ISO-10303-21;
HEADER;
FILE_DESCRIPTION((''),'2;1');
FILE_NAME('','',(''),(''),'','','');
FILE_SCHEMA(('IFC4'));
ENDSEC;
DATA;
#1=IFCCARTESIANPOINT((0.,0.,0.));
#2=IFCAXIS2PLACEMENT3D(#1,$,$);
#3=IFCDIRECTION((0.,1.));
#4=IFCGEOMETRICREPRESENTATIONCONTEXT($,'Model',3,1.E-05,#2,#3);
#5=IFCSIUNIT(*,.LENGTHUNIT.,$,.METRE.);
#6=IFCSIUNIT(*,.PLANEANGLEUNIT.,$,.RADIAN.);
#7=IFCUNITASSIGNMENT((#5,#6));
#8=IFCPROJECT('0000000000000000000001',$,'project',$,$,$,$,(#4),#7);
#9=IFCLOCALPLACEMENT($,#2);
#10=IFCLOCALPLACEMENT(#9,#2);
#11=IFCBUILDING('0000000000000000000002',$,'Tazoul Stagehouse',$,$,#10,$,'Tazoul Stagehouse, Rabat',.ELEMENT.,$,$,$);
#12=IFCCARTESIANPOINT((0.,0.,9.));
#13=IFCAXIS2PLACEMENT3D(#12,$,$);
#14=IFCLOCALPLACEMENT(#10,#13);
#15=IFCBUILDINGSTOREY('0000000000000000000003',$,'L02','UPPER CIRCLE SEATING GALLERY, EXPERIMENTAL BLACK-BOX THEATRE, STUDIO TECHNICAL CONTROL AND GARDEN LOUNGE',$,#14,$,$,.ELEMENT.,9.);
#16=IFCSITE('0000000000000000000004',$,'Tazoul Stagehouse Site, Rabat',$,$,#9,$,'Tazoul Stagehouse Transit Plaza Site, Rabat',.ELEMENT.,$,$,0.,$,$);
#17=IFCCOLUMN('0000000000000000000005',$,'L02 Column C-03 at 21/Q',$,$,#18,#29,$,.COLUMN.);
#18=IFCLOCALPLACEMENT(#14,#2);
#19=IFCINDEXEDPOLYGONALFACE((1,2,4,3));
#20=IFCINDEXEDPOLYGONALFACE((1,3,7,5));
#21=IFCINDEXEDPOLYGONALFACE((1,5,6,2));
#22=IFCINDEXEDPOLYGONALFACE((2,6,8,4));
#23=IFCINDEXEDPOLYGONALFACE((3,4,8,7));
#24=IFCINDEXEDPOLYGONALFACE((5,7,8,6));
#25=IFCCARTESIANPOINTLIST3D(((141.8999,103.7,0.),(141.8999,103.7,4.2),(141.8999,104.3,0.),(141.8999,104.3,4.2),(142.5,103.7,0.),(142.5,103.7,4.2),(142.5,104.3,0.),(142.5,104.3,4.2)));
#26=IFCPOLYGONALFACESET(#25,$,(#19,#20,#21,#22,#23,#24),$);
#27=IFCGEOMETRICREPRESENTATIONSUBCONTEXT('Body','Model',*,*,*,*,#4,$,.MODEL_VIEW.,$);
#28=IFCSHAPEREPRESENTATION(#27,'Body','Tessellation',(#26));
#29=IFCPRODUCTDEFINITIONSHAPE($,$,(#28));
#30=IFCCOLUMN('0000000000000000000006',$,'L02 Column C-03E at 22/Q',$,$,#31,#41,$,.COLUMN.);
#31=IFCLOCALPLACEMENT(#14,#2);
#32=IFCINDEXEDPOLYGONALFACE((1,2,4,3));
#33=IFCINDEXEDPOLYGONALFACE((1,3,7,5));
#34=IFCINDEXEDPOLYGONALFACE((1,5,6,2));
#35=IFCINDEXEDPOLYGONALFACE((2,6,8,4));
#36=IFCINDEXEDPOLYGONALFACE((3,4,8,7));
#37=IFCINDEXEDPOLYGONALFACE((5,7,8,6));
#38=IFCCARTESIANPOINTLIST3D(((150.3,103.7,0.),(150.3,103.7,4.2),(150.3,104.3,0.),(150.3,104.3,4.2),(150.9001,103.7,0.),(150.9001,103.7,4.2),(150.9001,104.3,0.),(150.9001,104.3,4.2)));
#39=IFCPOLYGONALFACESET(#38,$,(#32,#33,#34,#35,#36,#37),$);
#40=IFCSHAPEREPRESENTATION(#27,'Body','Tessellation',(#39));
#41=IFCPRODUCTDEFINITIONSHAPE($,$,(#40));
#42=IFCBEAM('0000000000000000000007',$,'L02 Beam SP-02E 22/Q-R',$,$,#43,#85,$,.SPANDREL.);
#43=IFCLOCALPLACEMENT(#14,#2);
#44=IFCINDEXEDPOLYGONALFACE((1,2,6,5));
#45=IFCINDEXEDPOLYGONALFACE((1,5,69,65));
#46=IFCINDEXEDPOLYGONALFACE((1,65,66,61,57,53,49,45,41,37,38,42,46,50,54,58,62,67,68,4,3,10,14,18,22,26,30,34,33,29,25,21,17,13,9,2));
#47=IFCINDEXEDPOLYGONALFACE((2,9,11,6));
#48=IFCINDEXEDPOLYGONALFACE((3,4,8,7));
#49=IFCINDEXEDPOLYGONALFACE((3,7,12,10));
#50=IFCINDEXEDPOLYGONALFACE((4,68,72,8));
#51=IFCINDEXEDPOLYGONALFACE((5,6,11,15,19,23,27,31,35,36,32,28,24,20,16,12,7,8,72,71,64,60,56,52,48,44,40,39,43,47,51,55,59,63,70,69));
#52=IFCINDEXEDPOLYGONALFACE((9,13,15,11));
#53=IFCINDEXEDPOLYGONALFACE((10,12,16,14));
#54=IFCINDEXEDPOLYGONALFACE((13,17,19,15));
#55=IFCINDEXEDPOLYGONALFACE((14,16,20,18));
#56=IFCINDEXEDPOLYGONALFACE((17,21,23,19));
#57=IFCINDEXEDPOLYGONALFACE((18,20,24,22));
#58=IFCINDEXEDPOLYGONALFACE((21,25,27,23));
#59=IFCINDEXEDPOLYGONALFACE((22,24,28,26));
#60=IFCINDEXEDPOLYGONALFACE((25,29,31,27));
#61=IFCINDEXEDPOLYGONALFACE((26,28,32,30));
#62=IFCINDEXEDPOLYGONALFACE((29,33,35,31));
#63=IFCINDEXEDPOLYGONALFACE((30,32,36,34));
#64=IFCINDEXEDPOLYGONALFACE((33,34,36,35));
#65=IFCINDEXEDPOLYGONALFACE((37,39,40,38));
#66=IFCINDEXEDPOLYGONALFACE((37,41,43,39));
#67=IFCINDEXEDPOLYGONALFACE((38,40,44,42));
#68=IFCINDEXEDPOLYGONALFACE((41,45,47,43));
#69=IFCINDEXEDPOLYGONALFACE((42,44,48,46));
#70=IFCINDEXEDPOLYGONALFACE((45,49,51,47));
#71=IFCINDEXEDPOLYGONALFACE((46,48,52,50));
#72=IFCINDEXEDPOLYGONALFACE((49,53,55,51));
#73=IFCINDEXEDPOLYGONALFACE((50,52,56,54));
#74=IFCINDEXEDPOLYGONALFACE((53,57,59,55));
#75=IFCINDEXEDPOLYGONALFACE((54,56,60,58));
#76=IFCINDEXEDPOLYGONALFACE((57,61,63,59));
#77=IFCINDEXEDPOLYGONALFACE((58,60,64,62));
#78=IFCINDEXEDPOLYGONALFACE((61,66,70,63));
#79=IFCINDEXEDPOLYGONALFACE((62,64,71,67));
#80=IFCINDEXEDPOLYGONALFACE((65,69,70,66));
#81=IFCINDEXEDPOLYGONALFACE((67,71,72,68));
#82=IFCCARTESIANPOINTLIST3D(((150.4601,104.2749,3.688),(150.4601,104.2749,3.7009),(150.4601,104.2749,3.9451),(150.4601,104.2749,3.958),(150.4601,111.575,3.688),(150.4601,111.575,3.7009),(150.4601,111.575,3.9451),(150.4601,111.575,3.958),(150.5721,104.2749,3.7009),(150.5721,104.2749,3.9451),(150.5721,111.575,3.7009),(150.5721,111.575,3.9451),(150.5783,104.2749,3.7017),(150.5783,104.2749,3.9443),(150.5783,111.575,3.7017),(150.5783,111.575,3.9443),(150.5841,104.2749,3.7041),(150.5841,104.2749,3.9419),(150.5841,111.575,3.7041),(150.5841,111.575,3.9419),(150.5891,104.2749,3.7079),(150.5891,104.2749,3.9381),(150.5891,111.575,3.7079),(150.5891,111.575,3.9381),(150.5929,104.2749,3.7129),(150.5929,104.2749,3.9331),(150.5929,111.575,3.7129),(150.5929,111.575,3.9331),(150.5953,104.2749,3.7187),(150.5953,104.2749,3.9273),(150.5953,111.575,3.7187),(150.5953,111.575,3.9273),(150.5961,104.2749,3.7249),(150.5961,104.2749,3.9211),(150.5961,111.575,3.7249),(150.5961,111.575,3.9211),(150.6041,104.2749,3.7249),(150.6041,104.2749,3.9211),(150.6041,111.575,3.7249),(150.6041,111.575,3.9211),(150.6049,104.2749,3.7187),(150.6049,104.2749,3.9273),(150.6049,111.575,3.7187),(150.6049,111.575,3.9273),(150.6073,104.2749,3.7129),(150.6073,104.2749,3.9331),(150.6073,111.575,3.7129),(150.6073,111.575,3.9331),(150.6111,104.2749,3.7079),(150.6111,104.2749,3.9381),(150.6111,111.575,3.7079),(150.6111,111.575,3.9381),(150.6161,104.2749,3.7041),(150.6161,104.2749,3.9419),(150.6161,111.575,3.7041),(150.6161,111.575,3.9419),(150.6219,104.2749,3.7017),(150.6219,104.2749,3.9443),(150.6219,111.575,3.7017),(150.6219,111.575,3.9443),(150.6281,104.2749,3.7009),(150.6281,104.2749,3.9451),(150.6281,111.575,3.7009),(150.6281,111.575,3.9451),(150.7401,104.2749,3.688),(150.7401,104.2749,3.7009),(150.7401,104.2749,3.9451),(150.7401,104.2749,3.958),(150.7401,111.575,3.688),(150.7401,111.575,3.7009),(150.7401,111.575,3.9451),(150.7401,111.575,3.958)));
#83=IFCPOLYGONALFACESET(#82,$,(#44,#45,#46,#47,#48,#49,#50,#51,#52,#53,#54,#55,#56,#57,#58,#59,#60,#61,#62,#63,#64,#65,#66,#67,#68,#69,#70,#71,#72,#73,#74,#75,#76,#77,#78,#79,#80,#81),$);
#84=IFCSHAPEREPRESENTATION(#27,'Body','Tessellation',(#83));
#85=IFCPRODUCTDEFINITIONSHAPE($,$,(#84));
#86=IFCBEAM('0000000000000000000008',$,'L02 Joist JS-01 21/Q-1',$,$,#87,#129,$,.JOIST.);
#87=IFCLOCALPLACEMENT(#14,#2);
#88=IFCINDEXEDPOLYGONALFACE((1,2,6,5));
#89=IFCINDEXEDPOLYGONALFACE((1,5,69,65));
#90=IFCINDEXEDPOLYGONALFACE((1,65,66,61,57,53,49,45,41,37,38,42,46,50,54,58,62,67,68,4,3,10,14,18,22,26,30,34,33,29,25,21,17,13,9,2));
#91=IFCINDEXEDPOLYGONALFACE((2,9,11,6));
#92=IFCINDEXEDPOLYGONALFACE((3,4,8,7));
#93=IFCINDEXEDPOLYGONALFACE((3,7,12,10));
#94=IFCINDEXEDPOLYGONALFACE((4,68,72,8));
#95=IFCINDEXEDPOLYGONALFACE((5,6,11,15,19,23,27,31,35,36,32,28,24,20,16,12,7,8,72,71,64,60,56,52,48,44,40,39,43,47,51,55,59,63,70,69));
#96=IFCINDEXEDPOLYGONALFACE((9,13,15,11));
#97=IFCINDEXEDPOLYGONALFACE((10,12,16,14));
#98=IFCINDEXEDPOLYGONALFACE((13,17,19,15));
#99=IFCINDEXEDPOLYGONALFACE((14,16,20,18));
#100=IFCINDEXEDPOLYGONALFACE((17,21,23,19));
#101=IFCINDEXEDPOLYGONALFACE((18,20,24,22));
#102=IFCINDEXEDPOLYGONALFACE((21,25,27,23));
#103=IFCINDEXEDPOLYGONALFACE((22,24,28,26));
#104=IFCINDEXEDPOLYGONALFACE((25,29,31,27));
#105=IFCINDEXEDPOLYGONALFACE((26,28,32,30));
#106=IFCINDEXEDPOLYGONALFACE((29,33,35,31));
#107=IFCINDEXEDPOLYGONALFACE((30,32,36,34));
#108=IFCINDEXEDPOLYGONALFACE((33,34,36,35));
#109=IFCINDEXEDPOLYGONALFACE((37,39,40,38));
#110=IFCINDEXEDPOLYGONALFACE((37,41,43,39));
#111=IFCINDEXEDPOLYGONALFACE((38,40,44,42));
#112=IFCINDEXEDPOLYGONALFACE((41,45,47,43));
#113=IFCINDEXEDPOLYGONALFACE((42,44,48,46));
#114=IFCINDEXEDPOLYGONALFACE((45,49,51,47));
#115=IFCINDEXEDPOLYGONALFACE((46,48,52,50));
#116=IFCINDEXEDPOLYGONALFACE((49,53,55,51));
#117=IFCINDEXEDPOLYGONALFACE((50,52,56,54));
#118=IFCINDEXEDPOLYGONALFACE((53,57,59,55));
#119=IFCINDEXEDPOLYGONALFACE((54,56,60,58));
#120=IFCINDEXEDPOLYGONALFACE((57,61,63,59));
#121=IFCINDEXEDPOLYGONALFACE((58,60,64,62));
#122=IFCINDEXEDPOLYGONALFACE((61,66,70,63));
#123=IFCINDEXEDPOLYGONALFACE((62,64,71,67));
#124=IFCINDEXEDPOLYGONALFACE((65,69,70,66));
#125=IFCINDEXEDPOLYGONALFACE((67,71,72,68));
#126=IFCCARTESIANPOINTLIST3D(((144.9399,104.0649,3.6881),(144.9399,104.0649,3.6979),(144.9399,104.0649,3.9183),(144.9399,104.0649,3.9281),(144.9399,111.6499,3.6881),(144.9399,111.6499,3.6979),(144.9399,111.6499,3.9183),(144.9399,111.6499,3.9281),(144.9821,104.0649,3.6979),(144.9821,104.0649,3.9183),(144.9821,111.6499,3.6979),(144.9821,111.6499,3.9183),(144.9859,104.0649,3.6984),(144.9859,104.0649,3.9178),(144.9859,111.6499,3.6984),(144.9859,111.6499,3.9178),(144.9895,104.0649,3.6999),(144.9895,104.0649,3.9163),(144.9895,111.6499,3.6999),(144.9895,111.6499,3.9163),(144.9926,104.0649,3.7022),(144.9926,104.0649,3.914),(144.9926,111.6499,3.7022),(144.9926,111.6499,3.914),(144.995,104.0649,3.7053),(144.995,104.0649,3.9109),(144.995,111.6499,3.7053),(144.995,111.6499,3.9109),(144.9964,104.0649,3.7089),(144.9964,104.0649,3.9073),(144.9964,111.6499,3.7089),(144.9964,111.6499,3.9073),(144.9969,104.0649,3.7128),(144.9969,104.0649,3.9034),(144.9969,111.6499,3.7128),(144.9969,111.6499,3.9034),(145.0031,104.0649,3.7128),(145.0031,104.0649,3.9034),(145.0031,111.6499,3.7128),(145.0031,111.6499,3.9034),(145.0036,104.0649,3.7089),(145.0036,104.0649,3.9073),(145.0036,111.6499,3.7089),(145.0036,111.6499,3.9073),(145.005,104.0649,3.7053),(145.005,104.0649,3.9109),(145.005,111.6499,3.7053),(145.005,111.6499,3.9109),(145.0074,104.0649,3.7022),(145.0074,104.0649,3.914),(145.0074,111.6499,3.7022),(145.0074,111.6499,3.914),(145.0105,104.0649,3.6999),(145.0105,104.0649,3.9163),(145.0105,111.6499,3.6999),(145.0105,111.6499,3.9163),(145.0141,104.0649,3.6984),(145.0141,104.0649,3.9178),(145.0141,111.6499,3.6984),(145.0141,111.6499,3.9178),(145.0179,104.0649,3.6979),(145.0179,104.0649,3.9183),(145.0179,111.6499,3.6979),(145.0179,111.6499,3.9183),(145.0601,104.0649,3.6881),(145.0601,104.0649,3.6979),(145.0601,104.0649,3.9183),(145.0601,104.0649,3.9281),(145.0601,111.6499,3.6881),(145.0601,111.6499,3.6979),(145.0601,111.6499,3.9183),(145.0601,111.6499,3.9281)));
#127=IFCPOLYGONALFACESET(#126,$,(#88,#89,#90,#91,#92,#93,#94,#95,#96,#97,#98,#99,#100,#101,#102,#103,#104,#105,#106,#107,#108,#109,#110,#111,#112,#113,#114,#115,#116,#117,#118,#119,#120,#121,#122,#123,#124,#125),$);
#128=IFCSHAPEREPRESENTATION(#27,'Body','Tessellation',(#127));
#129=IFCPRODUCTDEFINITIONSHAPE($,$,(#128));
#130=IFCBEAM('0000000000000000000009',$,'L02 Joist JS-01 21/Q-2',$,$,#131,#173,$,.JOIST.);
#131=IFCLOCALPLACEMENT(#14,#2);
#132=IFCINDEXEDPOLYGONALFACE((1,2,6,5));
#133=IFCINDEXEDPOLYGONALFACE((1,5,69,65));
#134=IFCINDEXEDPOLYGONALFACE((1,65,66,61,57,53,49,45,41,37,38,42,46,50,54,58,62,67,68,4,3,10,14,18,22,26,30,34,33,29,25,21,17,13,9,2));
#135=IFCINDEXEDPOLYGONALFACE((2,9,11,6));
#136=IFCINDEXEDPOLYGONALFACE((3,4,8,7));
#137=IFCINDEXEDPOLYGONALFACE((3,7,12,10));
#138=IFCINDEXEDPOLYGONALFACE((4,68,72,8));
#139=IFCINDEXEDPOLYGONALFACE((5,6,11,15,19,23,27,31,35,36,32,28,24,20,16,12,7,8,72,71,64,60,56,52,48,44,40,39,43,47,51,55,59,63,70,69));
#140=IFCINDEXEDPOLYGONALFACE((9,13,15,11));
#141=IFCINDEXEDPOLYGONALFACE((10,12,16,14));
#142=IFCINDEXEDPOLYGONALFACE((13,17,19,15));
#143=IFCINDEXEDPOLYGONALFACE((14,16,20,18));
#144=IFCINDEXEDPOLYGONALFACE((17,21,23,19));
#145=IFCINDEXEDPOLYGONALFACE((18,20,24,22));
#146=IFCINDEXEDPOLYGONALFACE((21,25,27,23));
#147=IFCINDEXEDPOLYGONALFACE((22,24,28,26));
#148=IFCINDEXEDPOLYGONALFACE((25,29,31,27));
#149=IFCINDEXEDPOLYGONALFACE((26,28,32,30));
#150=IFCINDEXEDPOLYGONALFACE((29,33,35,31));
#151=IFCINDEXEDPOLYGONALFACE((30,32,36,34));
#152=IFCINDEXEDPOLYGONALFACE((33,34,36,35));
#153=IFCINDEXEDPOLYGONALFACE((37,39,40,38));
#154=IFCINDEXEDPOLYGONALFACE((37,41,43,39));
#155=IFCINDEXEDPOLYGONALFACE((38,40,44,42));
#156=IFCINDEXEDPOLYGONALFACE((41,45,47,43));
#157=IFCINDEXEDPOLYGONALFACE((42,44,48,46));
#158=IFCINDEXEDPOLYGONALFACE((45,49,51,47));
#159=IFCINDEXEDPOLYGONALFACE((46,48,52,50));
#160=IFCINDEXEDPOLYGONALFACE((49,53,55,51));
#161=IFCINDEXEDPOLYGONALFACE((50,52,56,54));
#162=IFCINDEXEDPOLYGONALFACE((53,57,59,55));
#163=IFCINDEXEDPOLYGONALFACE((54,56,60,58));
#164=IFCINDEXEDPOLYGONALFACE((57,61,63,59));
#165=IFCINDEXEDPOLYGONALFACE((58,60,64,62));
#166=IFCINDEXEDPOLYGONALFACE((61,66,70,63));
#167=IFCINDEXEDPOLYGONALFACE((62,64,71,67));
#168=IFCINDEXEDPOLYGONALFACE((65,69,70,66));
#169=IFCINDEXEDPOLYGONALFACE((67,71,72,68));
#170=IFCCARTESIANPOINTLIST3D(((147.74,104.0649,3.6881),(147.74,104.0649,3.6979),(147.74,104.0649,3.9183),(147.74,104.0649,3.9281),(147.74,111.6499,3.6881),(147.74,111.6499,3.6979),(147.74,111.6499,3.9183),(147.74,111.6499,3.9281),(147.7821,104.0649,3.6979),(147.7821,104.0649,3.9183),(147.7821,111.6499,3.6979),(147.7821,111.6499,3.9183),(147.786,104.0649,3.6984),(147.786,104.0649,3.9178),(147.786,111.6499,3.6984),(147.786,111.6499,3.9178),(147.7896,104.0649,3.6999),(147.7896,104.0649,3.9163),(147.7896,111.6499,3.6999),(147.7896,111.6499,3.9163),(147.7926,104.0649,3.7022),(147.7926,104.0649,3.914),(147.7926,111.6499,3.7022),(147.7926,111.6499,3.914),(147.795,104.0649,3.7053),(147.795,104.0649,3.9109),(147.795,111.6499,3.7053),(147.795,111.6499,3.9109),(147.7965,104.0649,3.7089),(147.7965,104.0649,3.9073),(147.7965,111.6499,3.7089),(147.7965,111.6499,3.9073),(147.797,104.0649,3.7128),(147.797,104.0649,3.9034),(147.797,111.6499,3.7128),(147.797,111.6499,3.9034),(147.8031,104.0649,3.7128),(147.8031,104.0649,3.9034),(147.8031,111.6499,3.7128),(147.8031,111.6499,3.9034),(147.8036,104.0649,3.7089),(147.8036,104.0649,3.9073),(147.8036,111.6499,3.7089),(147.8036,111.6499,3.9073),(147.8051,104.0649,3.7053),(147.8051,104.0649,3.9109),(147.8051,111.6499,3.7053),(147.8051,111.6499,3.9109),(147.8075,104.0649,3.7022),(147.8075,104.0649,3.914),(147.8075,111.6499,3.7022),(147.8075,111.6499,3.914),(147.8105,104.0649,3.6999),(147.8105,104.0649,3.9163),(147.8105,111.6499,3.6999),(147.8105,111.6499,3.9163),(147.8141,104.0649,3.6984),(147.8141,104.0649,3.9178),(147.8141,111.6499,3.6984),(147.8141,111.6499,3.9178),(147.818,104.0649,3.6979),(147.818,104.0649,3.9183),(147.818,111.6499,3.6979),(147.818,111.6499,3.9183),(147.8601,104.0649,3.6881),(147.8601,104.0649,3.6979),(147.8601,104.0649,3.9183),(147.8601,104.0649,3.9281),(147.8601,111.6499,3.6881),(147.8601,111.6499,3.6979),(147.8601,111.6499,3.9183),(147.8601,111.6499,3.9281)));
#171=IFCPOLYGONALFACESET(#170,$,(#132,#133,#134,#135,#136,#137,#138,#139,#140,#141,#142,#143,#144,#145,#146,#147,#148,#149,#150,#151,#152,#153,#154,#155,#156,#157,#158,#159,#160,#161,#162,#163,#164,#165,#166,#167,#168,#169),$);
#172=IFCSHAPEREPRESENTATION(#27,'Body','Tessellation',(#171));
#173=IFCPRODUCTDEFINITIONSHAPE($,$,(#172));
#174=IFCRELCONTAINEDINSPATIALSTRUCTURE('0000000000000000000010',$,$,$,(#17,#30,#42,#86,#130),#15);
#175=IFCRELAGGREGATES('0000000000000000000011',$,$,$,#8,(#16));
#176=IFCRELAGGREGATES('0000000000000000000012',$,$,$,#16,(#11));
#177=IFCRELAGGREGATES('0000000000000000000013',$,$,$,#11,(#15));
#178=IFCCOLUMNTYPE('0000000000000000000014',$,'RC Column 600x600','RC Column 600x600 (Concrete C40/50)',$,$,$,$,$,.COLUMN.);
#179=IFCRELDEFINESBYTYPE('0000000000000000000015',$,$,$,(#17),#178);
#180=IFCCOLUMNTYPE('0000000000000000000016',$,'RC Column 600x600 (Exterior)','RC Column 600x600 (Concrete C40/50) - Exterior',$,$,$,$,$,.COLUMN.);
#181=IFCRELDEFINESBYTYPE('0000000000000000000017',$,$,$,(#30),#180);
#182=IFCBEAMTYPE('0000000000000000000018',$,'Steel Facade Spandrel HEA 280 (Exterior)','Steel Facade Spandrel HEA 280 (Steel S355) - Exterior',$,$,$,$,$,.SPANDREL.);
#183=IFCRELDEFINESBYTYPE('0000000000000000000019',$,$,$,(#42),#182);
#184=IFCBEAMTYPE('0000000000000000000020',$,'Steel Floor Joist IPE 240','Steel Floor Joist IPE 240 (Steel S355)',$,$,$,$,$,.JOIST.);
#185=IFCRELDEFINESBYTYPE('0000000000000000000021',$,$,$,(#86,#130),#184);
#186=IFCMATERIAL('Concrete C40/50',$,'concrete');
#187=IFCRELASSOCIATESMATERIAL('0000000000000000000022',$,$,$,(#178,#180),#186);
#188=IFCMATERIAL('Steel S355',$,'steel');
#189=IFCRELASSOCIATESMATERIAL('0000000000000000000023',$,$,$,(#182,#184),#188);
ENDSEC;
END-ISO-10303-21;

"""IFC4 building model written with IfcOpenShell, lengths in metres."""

from ifc_helpers import new_model, si_unit, direction, frame, origin, origin_2d, place, context, subcontext, project, spatial, rectangle, i_section, extrude, material, material_profile, profile_set, type_object, element, save


model = new_model("IFC4")

# Units and contexts
model_context = context("Model", 3, precision=1e-05, world=origin(), true_north=direction((0.0, 1.0)))
body_context = subcontext(model_context, "Body", "Model", "MODEL_VIEW")
ifc_project = project(units=[si_unit("LENGTHUNIT", "METRE"), si_unit("PLANEANGLEUNIT", "RADIAN")], contexts=[model_context])

# Site, building, storey
site_placement = place(None, origin())
site = spatial("IfcSite", under=ifc_project, at=site_placement, Name="Tazoul Stagehouse Site, Rabat", LongName="Tazoul Stagehouse Transit Plaza Site, Rabat", CompositionType="ELEMENT", RefElevation=0.0)
building_placement = place(site_placement, origin())
building = spatial("IfcBuilding", under=site, at=building_placement, Name="Tazoul Stagehouse", LongName="Tazoul Stagehouse, Rabat", CompositionType="ELEMENT")
storey_placement = place(building_placement, frame((0.0, 0.0, 9.0)))
storey = spatial("IfcBuildingStorey", under=building, at=storey_placement, Name="L02", Description="UPPER CIRCLE SEATING GALLERY, EXPERIMENTAL BLACK-BOX THEATRE, STUDIO TECHNICAL CONTROL AND GARDEN LOUNGE", CompositionType="ELEMENT", Elevation=9.0)

# Columns
ifc_material_1 = material(Name="Concrete C40/50", Category="concrete")
ifc_material_profile_1 = material_profile(ifc_material_1, rectangle(XDim=0.6001, YDim=0.6001, at=origin_2d()), Name="RC 600x600")
ifc_profile_set_1 = profile_set([ifc_material_profile_1], Name="Concrete C40/50")
column_type_1 = type_object("IfcColumnType", Name="RC Column 600x600", Description="RC Column 600x600 (Concrete C40/50)", PredefinedType="COLUMN", material=ifc_profile_set_1)
column_1_placement = place(storey_placement, frame((142.2, 104.0, 0.0), z_axis=(0.0, 0.0, 1.0), x_axis=(1.0, 0.0, 0.0)))
element("IfcColumn", 1, at=column_1_placement, inside=storey, type_object=column_type_1, Name="L02 Column C-03 at 21/Q", PredefinedType="COLUMN", context=body_context, shape_type="SweptSolid", body=[
    extrude(rectangle(XDim=0.6001, YDim=0.6001, at=origin_2d()), origin(), (0.0, 0.0, 1.0), 4.2),
])
ifc_material_profile_2 = material_profile(ifc_material_1, rectangle(XDim=0.6001, YDim=0.6001, at=origin_2d()), Name="RC 600x600")
ifc_profile_set_2 = profile_set([ifc_material_profile_2], Name="Concrete C40/50")
column_type_2 = type_object("IfcColumnType", Name="RC Column 600x600 (Exterior)", Description="RC Column 600x600 (Concrete C40/50) - Exterior", PredefinedType="COLUMN", material=ifc_profile_set_2)
column_2_placement = place(storey_placement, frame((150.6001, 104.0, 0.0), z_axis=(0.0, 0.0, 1.0), x_axis=(1.0, 0.0, 0.0)))
element("IfcColumn", 2, at=column_2_placement, inside=storey, type_object=column_type_2, Name="L02 Column C-03E at 22/Q", PredefinedType="COLUMN", context=body_context, shape_type="SweptSolid", body=[
    extrude(rectangle(XDim=0.6001, YDim=0.6001, at=origin_2d()), origin(), (0.0, 0.0, 1.0), 4.2),
])

# Beams
ifc_material_2 = material(Name="Steel S355", Category="steel")
ifc_material_profile_3 = material_profile(ifc_material_2, i_section(OverallWidth=0.28, OverallDepth=0.27, WebThickness=0.0081, FlangeThickness=0.0129, FilletRadius=0.0239, at=origin_2d()), Name="HEA 280")
ifc_profile_set_3 = profile_set([ifc_material_profile_3], Name="Steel S355")
beam_type_1 = type_object("IfcBeamType", Name="Steel Facade Spandrel HEA 280 (Exterior)", Description="Steel Facade Spandrel HEA 280 (Steel S355) - Exterior", PredefinedType="SPANDREL", material=ifc_profile_set_3)
beam_1_placement = place(storey_placement, frame((150.6001, 104.2749, 3.823), z_axis=(0.0, 1.0, 0.0), x_axis=(-1.0, 0.0, 0.0)))
element("IfcBeam", 3, at=beam_1_placement, inside=storey, type_object=beam_type_1, Name="L02 Beam SP-02E 22/Q-R", PredefinedType="SPANDREL", context=body_context, shape_type="SweptSolid", body=[
    extrude(i_section(OverallWidth=0.28, OverallDepth=0.27, WebThickness=0.0081, FlangeThickness=0.0129, FilletRadius=0.0239, at=origin_2d()), origin(), (0.0, 0.0, 1.0), 7.3),
])
ifc_material_profile_4 = material_profile(ifc_material_2, i_section(OverallWidth=0.1201, OverallDepth=0.24, WebThickness=0.0061, FlangeThickness=0.0098, FilletRadius=0.0149, at=origin_2d()), Name="IPE 240")
ifc_profile_set_4 = profile_set([ifc_material_profile_4], Name="Steel S355")
beam_type_2 = type_object("IfcBeamType", Name="Steel Floor Joist IPE 240", Description="Steel Floor Joist IPE 240 (Steel S355)", PredefinedType="JOIST", material=ifc_profile_set_4)
for number, where, z_axis, x_axis, name in (
    (4, (145.0, 104.0649, 3.8081), (0.0, 1.0, 0.0), (-1.0, 0.0, 0.0), "L02 Joist JS-01 21/Q-1"),
    (5, (147.8, 104.0649, 3.8081), (0.0, 1.0, 0.0), (-1.0, 0.0, 0.0), "L02 Joist JS-01 21/Q-2"),
):
    element("IfcBeam", number, at=place(storey_placement, frame(where, z_axis=z_axis, x_axis=x_axis)), inside=storey, type_object=beam_type_2, Name=name, PredefinedType="JOIST", context=body_context, shape_type="SweptSolid", body=[
        extrude(i_section(OverallWidth=0.1201, OverallDepth=0.24, WebThickness=0.0061, FlangeThickness=0.0098, FilletRadius=0.0149, at=origin_2d()), origin(), (0.0, 0.0, 1.0), 7.585),
    ])

save(model, "model.ifc")
